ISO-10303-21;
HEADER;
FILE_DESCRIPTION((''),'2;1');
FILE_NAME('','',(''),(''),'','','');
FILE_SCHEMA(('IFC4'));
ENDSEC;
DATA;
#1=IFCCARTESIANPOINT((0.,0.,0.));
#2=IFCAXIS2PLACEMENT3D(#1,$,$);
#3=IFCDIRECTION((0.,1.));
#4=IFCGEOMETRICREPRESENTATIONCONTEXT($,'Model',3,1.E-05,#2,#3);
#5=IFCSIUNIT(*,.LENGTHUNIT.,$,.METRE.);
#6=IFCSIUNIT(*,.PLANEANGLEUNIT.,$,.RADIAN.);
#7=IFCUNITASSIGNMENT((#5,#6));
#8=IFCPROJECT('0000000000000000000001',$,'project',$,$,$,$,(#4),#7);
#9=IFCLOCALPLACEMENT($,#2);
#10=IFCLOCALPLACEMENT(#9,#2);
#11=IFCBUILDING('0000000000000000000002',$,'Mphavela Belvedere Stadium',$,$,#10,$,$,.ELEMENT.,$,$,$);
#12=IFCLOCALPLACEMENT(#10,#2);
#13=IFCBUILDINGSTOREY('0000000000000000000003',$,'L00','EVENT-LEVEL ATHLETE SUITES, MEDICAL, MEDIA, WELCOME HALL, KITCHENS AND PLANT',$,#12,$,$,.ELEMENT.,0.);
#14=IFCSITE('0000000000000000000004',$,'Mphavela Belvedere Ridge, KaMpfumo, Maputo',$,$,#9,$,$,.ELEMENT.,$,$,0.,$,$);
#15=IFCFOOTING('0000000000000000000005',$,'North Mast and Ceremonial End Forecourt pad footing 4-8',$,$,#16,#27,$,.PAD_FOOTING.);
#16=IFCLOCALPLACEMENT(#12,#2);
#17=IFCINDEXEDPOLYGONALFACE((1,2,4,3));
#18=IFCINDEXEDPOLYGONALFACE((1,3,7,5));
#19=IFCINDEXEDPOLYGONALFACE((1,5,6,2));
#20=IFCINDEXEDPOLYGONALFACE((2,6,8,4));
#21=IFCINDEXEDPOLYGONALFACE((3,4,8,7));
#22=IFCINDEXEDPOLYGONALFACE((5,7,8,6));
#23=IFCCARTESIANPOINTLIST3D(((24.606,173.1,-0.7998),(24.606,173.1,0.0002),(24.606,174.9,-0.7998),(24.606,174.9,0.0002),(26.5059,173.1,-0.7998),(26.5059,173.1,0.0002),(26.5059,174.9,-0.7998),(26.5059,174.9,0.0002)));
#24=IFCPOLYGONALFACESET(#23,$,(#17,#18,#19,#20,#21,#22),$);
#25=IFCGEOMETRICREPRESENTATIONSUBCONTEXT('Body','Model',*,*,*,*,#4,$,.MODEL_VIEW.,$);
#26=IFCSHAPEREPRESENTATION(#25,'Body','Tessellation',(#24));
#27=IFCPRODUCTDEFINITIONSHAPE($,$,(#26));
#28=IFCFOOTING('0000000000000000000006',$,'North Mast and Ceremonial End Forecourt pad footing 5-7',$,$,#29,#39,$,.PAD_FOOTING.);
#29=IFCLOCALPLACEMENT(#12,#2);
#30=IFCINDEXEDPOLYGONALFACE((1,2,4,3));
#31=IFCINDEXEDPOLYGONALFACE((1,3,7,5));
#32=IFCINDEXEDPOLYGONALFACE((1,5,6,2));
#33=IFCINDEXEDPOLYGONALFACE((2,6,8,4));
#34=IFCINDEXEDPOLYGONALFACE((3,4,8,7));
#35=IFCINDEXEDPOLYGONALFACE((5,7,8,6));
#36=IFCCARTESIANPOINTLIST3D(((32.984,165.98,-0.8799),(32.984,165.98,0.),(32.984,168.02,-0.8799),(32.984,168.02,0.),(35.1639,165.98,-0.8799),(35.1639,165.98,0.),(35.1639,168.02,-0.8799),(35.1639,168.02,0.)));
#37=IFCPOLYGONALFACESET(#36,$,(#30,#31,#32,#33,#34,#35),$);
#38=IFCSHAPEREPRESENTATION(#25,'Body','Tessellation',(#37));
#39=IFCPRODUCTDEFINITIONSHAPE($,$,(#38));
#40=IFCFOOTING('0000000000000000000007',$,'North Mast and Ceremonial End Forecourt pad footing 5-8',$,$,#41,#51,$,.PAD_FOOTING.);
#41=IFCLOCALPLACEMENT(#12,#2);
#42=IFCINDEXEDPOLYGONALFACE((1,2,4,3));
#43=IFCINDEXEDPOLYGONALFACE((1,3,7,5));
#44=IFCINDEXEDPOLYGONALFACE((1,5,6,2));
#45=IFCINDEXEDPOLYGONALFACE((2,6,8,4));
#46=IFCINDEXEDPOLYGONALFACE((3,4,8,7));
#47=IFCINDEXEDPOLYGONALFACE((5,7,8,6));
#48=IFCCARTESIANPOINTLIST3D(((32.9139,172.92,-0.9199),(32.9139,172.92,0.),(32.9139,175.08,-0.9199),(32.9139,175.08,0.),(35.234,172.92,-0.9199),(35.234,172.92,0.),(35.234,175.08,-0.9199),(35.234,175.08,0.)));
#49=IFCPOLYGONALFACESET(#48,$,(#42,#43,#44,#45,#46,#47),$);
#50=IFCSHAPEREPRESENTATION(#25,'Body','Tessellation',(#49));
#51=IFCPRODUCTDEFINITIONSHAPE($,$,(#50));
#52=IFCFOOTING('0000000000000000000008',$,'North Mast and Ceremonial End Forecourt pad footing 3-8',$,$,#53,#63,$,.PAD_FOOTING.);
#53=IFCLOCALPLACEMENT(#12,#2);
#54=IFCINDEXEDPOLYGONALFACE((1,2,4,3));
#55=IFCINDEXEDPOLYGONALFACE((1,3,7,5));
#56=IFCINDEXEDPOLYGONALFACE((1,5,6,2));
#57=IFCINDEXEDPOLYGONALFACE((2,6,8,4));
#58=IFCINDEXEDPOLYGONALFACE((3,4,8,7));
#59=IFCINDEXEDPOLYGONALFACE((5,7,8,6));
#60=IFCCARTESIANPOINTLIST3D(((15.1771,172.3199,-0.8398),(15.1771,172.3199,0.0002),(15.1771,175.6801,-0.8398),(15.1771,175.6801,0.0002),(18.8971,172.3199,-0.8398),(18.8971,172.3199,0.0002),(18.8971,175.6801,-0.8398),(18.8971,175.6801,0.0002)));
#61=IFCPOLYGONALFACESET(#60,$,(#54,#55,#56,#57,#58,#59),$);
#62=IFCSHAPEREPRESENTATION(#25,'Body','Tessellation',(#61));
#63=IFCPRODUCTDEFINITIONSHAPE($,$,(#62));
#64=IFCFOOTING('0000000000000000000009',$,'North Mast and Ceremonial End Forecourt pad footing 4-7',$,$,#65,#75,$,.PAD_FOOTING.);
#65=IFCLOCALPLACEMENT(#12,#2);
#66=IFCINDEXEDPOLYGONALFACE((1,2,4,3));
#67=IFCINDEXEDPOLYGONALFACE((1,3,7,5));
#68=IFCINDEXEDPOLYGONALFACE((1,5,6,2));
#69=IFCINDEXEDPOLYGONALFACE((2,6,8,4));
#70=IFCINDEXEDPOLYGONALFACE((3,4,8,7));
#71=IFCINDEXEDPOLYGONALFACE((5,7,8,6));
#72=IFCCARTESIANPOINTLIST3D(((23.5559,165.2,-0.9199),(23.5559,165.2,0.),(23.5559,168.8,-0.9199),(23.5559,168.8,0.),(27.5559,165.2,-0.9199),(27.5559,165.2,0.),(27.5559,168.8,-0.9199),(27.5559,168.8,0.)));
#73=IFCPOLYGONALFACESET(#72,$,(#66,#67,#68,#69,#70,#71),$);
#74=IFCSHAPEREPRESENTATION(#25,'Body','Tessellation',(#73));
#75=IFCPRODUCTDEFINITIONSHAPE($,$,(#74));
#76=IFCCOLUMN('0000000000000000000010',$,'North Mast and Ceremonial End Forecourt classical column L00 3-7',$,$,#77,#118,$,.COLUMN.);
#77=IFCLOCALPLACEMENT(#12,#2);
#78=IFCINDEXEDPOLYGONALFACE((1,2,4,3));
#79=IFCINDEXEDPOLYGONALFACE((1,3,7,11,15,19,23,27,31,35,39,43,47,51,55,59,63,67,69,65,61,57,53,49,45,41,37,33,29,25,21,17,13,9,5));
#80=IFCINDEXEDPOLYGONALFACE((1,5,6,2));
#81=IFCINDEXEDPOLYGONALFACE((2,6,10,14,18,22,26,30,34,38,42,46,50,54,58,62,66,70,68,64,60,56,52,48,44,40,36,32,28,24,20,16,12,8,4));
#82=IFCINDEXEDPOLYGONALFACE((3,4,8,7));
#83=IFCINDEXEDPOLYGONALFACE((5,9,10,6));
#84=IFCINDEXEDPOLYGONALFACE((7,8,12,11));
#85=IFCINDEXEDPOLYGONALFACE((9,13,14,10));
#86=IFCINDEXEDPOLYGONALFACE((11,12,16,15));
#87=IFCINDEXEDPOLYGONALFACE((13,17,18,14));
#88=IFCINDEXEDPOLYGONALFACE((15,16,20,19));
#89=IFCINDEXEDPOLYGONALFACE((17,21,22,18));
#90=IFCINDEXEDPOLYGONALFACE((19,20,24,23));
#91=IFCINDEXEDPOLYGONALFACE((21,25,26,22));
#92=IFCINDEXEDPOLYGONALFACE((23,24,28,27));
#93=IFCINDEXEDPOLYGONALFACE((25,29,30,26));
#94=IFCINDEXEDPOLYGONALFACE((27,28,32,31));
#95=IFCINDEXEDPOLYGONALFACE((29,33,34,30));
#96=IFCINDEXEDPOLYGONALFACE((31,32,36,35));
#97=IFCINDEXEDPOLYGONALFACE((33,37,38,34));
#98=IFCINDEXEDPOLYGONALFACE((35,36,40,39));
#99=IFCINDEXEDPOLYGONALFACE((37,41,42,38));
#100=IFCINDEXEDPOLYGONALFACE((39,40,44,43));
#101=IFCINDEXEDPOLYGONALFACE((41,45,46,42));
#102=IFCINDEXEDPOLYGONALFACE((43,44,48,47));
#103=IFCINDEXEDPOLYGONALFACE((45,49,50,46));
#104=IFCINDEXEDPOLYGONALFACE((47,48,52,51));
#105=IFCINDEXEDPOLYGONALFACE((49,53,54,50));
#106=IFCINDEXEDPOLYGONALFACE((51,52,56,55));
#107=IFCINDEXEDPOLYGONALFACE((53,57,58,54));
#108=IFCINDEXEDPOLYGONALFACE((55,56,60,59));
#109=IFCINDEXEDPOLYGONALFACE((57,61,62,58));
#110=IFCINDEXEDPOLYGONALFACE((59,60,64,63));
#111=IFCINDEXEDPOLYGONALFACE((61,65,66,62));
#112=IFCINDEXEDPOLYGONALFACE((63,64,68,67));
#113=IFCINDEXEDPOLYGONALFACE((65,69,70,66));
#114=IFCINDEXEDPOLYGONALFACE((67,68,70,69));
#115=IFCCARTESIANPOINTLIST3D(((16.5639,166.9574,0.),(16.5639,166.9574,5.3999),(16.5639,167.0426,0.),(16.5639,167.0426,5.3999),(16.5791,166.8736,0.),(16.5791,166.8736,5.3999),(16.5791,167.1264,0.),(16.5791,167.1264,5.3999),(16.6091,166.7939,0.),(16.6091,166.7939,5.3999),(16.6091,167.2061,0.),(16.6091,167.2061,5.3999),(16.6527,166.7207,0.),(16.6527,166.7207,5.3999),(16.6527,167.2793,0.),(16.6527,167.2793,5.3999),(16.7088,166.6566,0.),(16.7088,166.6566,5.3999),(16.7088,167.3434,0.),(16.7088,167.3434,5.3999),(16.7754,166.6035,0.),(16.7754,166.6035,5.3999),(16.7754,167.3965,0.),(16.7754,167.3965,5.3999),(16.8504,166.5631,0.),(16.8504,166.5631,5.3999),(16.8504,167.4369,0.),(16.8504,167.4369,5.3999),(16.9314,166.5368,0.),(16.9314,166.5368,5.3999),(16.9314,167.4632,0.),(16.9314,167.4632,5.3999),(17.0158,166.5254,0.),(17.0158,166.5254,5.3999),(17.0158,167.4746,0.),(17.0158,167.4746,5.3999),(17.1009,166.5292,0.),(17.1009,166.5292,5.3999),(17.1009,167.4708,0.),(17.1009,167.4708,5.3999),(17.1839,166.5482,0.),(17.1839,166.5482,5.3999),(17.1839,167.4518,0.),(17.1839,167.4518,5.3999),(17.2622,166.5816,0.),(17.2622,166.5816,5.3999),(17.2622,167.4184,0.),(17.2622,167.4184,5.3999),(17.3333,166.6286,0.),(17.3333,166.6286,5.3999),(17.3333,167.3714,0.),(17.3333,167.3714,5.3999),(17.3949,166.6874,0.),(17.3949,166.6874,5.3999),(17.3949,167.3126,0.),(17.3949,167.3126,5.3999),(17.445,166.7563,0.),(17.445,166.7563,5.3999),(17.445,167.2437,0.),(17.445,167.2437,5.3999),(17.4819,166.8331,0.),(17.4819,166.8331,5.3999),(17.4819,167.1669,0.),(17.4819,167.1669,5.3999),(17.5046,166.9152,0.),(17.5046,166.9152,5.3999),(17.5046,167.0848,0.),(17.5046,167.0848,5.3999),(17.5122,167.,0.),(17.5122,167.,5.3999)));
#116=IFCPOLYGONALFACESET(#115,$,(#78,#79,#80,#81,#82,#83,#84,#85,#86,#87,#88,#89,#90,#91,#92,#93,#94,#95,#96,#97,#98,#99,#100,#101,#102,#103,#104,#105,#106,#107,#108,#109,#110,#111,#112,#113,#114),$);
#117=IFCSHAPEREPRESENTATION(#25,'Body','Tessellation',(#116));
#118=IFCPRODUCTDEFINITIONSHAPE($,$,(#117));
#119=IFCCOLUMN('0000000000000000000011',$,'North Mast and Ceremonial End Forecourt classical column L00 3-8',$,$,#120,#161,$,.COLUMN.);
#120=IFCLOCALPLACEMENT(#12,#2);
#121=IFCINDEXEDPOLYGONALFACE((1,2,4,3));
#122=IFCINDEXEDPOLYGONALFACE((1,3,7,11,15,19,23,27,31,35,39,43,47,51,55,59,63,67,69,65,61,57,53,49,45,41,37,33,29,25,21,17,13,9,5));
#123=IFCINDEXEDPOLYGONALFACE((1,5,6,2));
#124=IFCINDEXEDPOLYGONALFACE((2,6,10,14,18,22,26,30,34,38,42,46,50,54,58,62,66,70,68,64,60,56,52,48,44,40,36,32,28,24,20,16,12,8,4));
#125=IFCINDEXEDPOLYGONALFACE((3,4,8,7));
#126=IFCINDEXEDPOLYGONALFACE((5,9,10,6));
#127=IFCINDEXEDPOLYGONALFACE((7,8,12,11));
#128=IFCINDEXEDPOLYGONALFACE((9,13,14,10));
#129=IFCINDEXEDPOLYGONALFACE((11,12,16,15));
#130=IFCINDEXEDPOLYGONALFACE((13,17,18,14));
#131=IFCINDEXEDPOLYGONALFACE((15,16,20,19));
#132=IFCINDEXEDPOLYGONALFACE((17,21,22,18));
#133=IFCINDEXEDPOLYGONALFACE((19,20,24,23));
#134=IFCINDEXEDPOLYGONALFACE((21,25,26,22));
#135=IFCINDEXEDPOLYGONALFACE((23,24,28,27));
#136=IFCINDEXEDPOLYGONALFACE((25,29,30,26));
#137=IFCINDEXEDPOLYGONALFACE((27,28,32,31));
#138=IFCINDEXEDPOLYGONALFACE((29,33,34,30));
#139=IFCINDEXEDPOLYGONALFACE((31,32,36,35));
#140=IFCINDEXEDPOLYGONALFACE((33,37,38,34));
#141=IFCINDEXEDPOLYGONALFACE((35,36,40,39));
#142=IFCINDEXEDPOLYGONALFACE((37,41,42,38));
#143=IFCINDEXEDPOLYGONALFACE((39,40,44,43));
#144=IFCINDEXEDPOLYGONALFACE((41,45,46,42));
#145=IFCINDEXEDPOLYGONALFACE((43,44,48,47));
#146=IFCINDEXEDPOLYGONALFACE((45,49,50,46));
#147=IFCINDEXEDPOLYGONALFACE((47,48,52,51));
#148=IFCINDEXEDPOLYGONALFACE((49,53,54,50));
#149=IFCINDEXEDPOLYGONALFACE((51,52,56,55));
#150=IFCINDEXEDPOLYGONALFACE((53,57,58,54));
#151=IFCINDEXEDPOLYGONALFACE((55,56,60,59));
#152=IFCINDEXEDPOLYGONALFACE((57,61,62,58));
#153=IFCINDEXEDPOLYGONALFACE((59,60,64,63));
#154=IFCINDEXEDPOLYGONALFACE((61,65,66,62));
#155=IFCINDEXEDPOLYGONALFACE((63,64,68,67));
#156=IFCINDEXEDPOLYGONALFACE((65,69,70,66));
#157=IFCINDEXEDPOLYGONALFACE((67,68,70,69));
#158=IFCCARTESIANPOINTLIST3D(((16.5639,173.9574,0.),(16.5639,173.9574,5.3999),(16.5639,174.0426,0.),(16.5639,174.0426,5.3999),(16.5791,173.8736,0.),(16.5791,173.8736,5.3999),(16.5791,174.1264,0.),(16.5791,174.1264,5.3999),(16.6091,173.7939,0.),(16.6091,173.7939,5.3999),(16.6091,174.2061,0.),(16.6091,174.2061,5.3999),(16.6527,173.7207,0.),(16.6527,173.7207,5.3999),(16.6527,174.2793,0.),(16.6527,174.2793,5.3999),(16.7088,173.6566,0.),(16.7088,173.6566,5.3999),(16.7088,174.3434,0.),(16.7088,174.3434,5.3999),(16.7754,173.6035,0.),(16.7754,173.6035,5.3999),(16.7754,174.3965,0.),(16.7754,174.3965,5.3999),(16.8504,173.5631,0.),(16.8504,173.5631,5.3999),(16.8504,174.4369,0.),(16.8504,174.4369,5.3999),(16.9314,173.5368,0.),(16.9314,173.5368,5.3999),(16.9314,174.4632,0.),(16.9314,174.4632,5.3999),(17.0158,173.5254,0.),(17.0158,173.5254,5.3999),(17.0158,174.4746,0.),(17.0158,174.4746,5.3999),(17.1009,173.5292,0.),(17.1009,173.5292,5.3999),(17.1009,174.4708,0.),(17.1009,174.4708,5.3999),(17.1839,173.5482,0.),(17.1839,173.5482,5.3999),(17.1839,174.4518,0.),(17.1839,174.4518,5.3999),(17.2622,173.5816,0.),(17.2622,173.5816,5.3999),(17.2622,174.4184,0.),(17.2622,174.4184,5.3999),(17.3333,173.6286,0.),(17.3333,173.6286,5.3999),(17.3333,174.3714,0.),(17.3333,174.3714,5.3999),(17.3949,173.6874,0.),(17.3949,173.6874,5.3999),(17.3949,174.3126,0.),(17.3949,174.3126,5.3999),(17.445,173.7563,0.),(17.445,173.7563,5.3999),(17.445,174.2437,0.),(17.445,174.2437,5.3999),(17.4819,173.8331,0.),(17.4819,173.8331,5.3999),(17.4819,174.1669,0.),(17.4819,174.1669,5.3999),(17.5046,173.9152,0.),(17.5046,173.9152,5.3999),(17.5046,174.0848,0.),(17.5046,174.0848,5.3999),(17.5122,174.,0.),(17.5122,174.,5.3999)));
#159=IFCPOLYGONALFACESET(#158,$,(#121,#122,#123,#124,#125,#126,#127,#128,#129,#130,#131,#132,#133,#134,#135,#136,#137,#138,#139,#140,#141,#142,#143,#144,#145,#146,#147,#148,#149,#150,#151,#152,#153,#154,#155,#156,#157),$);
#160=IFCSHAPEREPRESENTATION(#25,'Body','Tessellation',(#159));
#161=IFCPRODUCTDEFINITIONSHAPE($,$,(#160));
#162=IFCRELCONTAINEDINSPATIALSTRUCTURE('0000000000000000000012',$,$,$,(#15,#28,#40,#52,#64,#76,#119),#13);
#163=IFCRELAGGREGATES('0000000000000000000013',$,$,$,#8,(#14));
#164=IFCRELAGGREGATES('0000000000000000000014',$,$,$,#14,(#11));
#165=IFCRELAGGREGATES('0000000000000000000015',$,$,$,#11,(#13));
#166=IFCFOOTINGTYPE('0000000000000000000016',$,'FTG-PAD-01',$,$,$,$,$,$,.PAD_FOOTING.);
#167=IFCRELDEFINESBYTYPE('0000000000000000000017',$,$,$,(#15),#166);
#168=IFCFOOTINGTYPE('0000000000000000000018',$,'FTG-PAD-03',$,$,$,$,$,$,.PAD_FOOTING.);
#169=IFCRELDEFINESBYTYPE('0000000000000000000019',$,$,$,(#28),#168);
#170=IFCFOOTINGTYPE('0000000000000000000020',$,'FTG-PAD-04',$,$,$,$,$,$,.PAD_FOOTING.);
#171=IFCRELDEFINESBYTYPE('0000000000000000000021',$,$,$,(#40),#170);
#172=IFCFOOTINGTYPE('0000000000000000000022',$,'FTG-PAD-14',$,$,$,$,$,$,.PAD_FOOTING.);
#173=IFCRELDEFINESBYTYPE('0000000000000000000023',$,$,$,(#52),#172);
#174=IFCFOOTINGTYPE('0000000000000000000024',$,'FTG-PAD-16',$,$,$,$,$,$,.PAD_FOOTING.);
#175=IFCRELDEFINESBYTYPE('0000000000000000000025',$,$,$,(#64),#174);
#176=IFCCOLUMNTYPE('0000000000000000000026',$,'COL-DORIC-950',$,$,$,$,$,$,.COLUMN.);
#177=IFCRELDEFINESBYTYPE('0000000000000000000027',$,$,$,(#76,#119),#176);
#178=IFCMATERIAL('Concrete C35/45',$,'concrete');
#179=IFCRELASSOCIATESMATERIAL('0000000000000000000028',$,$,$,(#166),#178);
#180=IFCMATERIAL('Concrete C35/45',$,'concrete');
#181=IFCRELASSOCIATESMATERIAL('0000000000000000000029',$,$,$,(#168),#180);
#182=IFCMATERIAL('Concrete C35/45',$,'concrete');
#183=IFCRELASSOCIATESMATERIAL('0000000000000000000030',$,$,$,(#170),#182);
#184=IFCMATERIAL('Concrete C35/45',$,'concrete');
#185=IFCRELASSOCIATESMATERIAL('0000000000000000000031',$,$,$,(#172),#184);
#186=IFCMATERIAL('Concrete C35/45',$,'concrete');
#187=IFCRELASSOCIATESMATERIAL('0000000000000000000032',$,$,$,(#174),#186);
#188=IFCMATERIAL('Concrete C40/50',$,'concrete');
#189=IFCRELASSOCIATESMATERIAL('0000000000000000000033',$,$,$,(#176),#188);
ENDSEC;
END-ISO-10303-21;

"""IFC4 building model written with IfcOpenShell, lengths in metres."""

from ifc_helpers import new_model, si_unit, direction, frame, origin, origin_2d, place, context, subcontext, project, spatial, rectangle, circle, extrude, material, material_profile, profile_set, type_object, element, save


model = new_model("IFC4")

# Units and contexts
model_context = context("Model", 3, precision=1e-05, world=origin(), true_north=direction((0.0, 1.0)))
body_context = subcontext(model_context, "Body", "Model", "MODEL_VIEW")
ifc_project = project(units=[si_unit("LENGTHUNIT", "METRE"), si_unit("PLANEANGLEUNIT", "RADIAN")], contexts=[model_context])

# Site, building, storey
site_placement = place(None, origin())
site = spatial("IfcSite", under=ifc_project, at=site_placement, Name="Mphavela Belvedere Ridge, KaMpfumo, Maputo", CompositionType="ELEMENT", RefElevation=0.0)
building_placement = place(site_placement, origin())
building = spatial("IfcBuilding", under=site, at=building_placement, Name="Mphavela Belvedere Stadium", CompositionType="ELEMENT")
storey_placement = place(building_placement, origin())
storey = spatial("IfcBuildingStorey", under=building, at=storey_placement, Name="L00", Description="EVENT-LEVEL ATHLETE SUITES, MEDICAL, MEDIA, WELCOME HALL, KITCHENS AND PLANT", CompositionType="ELEMENT", Elevation=0.0)

# Footings
ifc_material_1 = material(Name="Concrete C35/45", Category="concrete")
footing_type_1 = type_object("IfcFootingType", Name="FTG-PAD-01", PredefinedType="PAD_FOOTING", material=ifc_material_1)
footing_1_placement = place(storey_placement, frame((25.5559, 174.0, -0.7998), z_axis=(0.0, 0.0, 1.0), x_axis=(1.0, 0.0, 0.0)))
element("IfcFooting", 1, at=footing_1_placement, inside=storey, type_object=footing_type_1, Name="North Mast and Ceremonial End Forecourt pad footing 4-8", PredefinedType="PAD_FOOTING", context=body_context, shape_type="SweptSolid", body=[
    extrude(rectangle(XDim=1.8999, YDim=1.8, at=origin_2d()), origin(), (0.0, 0.0, 1.0), 0.8),
])
ifc_material_2 = material(Name="Concrete C35/45", Category="concrete")
footing_type_2 = type_object("IfcFootingType", Name="FTG-PAD-03", PredefinedType="PAD_FOOTING", material=ifc_material_2)
footing_2_placement = place(storey_placement, frame((34.074, 167.0, -0.8799), z_axis=(0.0, 0.0, 1.0), x_axis=(1.0, 0.0, 0.0)))
element("IfcFooting", 2, at=footing_2_placement, inside=storey, type_object=footing_type_2, Name="North Mast and Ceremonial End Forecourt pad footing 5-7", PredefinedType="PAD_FOOTING", context=body_context, shape_type="SweptSolid", body=[
    extrude(rectangle(XDim=2.1799, YDim=2.04, at=origin_2d()), origin(), (0.0, 0.0, 1.0), 0.8799),
])
ifc_material_3 = material(Name="Concrete C35/45", Category="concrete")
footing_type_3 = type_object("IfcFootingType", Name="FTG-PAD-04", PredefinedType="PAD_FOOTING", material=ifc_material_3)
footing_3_placement = place(storey_placement, frame((34.074, 174.0, -0.9199), z_axis=(0.0, 0.0, 1.0), x_axis=(1.0, 0.0, 0.0)))
element("IfcFooting", 3, at=footing_3_placement, inside=storey, type_object=footing_type_3, Name="North Mast and Ceremonial End Forecourt pad footing 5-8", PredefinedType="PAD_FOOTING", context=body_context, shape_type="SweptSolid", body=[
    extrude(rectangle(XDim=2.3201, YDim=2.1599, at=origin_2d()), origin(), (0.0, 0.0, 1.0), 0.9199),
])
ifc_material_4 = material(Name="Concrete C35/45", Category="concrete")
footing_type_4 = type_object("IfcFootingType", Name="FTG-PAD-14", PredefinedType="PAD_FOOTING", material=ifc_material_4)
footing_4_placement = place(storey_placement, frame((17.0371, 174.0, -0.8398), z_axis=(0.0, 0.0, 1.0), x_axis=(1.0, 0.0, 0.0)))
element("IfcFooting", 4, at=footing_4_placement, inside=storey, type_object=footing_type_4, Name="North Mast and Ceremonial End Forecourt pad footing 3-8", PredefinedType="PAD_FOOTING", context=body_context, shape_type="SweptSolid", body=[
    extrude(rectangle(XDim=3.72, YDim=3.3601, at=origin_2d()), origin(), (0.0, 0.0, 1.0), 0.8401),
])
ifc_material_5 = material(Name="Concrete C35/45", Category="concrete")
footing_type_5 = type_object("IfcFootingType", Name="FTG-PAD-16", PredefinedType="PAD_FOOTING", material=ifc_material_5)
footing_5_placement = place(storey_placement, frame((25.5559, 167.0, -0.9199), z_axis=(0.0, 0.0, 1.0), x_axis=(1.0, 0.0, 0.0)))
element("IfcFooting", 5, at=footing_5_placement, inside=storey, type_object=footing_type_5, Name="North Mast and Ceremonial End Forecourt pad footing 4-7", PredefinedType="PAD_FOOTING", context=body_context, shape_type="SweptSolid", body=[
    extrude(rectangle(XDim=4.0, YDim=3.6001, at=origin_2d()), origin(), (0.0, 0.0, 1.0), 0.9199),
])

# Columns
ifc_material_6 = material(Name="Concrete C40/50", Category="concrete")
ifc_material_profile_1 = material_profile(ifc_material_6, circle(Radius=0.4751, at=origin_2d()), Name="COL D950")
ifc_profile_set_1 = profile_set([ifc_material_profile_1], Name="Concrete C40/50")
column_type = type_object("IfcColumnType", Name="COL-DORIC-950", PredefinedType="COLUMN", material=ifc_profile_set_1)
for number, where, z_axis, x_axis, name in (
    (6, (17.0371, 167.0, 0.0), (0.0, 0.0, 1.0), (1.0, 0.0, 0.0), "North Mast and Ceremonial End Forecourt classical column L00 3-7"),
    (7, (17.0371, 174.0, 0.0), (0.0, 0.0, 1.0), (1.0, 0.0, 0.0), "North Mast and Ceremonial End Forecourt classical column L00 3-8"),
):
    element("IfcColumn", number, at=place(storey_placement, frame(where, z_axis=z_axis, x_axis=x_axis)), inside=storey, type_object=column_type, Name=name, PredefinedType="COLUMN", context=body_context, shape_type="SweptSolid", body=[
        extrude(circle(Radius=0.4751, at=origin_2d()), origin(), (0.0, 0.0, 1.0), 5.3999),
    ])

save(model, "model.ifc")
